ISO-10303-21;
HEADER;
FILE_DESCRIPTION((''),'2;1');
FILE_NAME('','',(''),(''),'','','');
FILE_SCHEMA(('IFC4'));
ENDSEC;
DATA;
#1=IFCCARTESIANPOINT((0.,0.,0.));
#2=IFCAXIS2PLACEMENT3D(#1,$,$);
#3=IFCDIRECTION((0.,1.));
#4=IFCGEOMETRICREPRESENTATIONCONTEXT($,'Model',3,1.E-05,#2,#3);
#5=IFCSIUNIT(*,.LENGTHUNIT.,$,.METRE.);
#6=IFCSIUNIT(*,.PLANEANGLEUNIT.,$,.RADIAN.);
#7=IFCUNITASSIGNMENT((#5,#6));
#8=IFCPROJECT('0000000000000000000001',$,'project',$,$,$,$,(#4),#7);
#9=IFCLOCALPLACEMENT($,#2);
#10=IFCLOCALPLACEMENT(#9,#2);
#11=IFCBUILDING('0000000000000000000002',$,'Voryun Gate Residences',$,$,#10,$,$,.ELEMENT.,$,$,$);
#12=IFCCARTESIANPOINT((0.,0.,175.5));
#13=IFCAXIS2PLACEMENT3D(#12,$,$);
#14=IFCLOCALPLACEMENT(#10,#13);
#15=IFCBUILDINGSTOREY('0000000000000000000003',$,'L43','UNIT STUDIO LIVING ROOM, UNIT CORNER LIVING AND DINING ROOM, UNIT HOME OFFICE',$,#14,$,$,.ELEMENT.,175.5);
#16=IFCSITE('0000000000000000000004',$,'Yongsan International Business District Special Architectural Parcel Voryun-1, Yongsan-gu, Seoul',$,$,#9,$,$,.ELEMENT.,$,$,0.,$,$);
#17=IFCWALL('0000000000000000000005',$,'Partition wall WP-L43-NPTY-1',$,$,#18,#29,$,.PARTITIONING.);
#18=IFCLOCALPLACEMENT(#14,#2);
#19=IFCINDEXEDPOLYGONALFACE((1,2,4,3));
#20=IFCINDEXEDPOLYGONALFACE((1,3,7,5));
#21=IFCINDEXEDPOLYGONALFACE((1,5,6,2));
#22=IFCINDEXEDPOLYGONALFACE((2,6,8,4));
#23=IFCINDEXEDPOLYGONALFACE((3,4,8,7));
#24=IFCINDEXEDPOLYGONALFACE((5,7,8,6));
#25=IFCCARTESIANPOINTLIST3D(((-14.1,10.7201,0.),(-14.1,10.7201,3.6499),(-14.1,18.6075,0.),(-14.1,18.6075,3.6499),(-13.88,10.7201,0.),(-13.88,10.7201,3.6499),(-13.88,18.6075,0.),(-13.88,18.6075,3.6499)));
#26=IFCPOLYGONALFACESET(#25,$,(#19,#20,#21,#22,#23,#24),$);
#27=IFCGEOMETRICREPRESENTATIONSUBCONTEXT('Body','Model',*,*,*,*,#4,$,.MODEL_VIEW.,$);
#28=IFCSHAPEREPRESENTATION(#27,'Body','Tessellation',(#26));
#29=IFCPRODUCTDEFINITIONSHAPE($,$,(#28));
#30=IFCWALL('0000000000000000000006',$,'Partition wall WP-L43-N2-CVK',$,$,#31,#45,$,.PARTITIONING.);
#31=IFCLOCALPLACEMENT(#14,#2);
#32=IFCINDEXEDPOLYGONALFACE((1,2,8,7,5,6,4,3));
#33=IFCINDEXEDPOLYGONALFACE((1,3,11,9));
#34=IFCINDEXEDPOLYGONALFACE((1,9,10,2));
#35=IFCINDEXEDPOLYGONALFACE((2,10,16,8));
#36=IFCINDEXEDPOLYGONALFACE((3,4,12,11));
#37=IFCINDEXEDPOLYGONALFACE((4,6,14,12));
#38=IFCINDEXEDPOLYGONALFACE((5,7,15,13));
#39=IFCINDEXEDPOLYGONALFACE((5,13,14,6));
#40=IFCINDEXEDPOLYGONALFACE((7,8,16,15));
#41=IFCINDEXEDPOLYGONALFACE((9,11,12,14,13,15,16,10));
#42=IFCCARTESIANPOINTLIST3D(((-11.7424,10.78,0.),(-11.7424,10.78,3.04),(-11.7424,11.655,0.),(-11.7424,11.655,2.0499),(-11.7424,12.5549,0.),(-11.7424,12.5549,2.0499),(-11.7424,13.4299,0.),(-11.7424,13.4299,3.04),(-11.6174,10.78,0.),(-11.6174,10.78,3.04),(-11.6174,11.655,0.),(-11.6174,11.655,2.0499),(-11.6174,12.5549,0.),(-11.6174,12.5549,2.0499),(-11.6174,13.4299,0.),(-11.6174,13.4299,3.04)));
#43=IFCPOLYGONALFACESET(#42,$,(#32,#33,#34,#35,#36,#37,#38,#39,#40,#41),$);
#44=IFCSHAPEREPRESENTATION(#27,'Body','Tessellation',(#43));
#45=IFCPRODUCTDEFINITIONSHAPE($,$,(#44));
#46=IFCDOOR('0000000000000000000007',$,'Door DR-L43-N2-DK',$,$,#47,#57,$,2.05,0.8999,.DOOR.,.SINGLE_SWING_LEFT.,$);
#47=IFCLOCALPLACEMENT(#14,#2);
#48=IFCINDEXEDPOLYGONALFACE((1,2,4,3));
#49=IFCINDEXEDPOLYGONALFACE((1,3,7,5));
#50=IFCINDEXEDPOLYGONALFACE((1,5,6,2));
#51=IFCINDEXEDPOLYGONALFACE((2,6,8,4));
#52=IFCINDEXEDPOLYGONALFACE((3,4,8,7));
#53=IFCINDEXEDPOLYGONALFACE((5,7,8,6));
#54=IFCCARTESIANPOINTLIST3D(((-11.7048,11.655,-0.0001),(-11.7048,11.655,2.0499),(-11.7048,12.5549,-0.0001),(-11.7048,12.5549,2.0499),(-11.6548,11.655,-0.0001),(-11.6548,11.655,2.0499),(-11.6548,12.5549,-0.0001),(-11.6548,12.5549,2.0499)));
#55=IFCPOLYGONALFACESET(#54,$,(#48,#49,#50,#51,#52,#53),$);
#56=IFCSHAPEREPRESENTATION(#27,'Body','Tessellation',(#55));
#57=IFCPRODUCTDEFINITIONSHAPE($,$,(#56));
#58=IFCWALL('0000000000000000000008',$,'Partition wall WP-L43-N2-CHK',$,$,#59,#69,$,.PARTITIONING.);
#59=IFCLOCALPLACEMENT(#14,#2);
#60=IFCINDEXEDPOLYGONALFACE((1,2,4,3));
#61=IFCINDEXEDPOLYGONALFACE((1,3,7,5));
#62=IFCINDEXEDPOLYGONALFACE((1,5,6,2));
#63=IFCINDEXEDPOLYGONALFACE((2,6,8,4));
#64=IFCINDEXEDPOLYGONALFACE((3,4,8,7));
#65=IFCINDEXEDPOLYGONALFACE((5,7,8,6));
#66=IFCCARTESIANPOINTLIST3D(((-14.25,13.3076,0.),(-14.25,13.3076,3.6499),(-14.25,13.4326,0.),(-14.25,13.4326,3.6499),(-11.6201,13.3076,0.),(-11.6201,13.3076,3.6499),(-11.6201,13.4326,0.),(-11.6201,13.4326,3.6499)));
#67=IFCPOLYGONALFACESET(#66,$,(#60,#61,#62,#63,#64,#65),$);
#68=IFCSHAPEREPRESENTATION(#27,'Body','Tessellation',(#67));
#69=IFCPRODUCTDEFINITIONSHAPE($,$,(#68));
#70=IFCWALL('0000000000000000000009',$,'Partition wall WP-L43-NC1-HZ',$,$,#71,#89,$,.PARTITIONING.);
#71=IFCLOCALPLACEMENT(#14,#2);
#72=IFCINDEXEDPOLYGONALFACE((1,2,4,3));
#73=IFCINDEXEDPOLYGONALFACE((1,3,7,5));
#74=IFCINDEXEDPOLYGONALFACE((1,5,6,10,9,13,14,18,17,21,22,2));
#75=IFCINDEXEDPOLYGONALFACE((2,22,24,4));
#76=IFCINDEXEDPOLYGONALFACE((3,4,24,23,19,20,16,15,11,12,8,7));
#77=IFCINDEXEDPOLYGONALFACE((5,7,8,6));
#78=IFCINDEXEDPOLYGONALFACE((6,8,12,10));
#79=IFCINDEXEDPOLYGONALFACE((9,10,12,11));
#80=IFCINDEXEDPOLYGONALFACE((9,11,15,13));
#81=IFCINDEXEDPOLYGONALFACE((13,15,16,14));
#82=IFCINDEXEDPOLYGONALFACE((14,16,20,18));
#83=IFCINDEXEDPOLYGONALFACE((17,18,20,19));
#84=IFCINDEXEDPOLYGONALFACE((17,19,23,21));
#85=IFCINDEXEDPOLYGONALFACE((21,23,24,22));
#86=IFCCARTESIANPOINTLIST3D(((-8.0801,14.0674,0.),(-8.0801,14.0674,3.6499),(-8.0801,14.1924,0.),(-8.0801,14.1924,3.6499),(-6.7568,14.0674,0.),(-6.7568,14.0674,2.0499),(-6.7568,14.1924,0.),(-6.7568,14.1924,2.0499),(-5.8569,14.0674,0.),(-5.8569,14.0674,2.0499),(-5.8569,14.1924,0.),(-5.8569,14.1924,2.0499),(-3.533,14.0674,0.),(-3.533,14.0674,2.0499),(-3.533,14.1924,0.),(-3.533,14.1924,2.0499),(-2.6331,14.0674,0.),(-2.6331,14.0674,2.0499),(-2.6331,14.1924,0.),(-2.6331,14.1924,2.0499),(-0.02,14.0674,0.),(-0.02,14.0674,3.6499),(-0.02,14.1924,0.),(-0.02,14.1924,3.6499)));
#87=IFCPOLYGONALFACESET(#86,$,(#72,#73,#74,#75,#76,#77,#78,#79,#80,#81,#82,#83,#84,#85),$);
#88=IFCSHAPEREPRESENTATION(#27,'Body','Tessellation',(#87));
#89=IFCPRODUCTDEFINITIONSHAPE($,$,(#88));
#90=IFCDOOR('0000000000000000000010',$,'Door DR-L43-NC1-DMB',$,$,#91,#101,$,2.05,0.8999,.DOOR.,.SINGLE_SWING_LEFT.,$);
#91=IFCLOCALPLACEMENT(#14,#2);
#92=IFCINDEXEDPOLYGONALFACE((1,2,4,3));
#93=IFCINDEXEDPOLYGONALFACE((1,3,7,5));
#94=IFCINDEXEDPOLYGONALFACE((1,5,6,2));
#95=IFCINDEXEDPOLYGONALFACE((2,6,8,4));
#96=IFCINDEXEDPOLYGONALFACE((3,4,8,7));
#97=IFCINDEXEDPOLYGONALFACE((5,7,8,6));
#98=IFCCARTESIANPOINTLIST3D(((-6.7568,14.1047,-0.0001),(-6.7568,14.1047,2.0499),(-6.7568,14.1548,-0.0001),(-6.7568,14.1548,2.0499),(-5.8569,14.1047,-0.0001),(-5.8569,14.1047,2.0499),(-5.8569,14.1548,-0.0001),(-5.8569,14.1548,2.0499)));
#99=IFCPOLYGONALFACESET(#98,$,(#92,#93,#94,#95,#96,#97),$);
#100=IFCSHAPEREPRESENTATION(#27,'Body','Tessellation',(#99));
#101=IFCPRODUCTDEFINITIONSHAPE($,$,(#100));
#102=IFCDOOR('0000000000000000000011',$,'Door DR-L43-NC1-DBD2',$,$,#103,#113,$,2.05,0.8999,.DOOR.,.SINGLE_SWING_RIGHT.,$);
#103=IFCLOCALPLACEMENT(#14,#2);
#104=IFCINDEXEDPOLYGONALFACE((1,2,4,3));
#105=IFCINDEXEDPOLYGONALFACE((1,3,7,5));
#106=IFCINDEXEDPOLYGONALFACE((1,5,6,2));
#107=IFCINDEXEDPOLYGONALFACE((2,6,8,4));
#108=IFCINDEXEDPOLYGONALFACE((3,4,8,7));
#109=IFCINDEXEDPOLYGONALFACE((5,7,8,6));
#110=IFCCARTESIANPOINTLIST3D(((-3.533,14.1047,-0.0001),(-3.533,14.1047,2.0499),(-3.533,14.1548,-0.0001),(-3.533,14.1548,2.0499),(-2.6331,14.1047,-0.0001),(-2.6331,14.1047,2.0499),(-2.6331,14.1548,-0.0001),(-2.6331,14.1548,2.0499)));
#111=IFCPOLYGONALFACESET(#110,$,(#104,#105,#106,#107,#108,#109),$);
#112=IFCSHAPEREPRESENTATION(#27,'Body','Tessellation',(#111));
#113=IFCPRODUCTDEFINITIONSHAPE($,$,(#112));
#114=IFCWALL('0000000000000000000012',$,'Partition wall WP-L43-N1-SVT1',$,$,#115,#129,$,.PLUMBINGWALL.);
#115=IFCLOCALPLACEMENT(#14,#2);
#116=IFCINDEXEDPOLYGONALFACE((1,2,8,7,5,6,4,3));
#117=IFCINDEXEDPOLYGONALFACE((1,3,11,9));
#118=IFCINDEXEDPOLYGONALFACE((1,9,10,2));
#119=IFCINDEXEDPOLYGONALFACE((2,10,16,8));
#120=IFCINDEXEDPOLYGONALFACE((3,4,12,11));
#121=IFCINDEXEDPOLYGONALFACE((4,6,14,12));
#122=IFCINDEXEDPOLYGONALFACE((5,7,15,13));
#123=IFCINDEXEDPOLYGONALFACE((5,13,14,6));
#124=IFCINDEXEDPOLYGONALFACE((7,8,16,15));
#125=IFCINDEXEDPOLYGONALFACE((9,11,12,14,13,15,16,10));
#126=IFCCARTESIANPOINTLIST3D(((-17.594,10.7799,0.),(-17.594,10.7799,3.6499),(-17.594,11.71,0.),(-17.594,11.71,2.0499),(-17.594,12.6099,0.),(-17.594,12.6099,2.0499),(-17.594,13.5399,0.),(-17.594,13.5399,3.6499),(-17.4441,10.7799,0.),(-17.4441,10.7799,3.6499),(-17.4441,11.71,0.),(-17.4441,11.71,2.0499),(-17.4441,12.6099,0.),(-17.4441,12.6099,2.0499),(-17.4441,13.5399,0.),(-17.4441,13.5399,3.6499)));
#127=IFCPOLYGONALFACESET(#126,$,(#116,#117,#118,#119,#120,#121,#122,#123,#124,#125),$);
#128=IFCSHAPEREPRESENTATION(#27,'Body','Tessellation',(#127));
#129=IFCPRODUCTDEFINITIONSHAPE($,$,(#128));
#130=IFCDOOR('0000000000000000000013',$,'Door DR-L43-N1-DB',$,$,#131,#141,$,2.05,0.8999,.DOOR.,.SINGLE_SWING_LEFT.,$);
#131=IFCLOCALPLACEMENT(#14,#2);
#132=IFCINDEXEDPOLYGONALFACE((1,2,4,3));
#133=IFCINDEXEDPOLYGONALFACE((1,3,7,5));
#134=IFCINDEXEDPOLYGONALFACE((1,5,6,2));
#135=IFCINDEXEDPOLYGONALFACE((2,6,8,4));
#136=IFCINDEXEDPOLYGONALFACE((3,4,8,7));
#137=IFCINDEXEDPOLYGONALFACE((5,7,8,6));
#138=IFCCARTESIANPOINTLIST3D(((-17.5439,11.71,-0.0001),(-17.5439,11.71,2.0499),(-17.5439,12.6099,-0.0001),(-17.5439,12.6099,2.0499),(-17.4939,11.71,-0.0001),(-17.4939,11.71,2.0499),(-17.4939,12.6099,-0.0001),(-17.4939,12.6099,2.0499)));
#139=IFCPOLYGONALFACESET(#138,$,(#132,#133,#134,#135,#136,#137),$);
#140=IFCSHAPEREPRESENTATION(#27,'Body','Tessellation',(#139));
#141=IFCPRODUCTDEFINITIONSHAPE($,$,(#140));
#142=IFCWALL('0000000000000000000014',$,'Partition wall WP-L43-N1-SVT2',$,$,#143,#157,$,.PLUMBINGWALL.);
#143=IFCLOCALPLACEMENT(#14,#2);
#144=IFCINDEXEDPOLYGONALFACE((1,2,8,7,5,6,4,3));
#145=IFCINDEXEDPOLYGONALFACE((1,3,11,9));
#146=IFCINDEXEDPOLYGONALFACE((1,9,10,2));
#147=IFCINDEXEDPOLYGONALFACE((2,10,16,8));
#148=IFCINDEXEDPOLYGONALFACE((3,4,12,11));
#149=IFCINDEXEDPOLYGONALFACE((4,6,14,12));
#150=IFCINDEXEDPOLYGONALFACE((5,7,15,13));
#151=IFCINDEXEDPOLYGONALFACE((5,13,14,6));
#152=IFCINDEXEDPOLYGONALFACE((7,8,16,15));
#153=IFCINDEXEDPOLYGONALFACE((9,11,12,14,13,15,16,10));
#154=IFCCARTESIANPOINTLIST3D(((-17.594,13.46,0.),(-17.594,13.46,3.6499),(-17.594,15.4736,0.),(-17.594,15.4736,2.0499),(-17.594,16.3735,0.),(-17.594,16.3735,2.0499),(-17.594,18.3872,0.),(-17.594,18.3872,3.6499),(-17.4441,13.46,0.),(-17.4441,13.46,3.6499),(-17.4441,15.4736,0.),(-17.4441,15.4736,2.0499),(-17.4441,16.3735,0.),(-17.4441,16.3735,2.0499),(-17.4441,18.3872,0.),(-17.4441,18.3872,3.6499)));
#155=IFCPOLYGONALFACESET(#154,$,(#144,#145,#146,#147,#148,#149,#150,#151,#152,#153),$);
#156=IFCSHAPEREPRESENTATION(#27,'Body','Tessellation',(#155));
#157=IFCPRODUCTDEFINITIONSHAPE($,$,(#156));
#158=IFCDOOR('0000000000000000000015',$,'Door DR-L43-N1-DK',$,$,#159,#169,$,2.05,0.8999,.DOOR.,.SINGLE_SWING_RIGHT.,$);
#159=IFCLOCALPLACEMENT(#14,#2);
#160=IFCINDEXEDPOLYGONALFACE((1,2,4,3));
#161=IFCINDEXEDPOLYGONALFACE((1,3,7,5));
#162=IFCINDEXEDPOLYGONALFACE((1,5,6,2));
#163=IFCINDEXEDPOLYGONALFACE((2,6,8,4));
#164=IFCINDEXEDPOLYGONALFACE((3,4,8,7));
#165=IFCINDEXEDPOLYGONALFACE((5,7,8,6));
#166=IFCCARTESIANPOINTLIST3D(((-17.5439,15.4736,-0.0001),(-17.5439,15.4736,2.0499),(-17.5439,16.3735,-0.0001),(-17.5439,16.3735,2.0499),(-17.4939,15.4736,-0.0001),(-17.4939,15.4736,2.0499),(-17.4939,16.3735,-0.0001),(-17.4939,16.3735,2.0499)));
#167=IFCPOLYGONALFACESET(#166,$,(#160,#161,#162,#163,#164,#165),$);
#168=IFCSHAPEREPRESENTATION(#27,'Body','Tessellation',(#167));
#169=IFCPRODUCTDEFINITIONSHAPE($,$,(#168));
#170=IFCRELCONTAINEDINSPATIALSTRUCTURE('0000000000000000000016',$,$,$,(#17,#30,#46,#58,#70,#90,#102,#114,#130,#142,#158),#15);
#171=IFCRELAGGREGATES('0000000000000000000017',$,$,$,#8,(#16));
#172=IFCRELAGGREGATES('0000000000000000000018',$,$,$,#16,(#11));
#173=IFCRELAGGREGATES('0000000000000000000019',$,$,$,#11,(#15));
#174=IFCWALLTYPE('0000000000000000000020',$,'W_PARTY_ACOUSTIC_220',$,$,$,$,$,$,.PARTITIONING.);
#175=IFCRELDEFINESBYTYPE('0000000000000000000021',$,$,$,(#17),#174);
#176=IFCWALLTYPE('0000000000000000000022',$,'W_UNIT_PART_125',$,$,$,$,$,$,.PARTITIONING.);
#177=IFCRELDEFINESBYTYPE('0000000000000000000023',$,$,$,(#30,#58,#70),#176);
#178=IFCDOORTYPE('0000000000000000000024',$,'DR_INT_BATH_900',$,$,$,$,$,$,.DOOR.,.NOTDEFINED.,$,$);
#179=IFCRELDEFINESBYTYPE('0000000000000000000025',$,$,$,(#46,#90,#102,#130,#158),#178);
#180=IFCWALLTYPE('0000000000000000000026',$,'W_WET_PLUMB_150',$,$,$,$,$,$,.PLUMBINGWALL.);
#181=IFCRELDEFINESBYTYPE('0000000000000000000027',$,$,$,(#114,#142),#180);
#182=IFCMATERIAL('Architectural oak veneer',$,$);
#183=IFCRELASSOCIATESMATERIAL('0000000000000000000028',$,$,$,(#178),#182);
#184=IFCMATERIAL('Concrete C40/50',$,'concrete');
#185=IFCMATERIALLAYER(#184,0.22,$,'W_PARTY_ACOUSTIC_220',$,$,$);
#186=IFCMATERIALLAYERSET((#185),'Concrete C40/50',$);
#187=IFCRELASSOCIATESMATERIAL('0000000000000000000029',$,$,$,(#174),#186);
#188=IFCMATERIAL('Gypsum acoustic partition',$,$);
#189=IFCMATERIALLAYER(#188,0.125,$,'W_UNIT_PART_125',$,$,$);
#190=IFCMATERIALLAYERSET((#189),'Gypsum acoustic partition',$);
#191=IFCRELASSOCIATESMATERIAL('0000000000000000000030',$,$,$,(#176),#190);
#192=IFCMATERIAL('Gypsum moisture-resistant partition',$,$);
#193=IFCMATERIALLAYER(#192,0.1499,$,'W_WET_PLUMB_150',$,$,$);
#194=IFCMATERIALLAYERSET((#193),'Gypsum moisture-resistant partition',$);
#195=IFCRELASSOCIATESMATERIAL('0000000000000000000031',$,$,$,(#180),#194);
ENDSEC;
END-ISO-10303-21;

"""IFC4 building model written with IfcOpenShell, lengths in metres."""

from ifc_helpers import new_model, si_unit, direction, frame, frame_2d, origin, place, context, subcontext, project, spatial, rectangle, extrude, material, layer, layer_set, type_object, element, fill, save


model = new_model("IFC4")

# Units and contexts
model_context = context("Model", 3, precision=1e-05, world=origin(), true_north=direction((0.0, 1.0)))
body_context = subcontext(model_context, "Body", "Model", "MODEL_VIEW")
ifc_project = project(units=[si_unit("LENGTHUNIT", "METRE"), si_unit("PLANEANGLEUNIT", "RADIAN")], contexts=[model_context])

# Site, building, storey
site_placement = place(None, origin())
site = spatial("IfcSite", under=ifc_project, at=site_placement, Name="Yongsan International Business District Special Architectural Parcel Voryun-1, Yongsan-gu, Seoul", CompositionType="ELEMENT", RefElevation=0.0)
building_placement = place(site_placement, origin())
building = spatial("IfcBuilding", under=site, at=building_placement, Name="Voryun Gate Residences", CompositionType="ELEMENT")
storey_placement = place(building_placement, frame((0.0, 0.0, 175.5)))
storey = spatial("IfcBuildingStorey", under=building, at=storey_placement, Name="L43", Description="UNIT STUDIO LIVING ROOM, UNIT CORNER LIVING AND DINING ROOM, UNIT HOME OFFICE", CompositionType="ELEMENT", Elevation=175.5)

# Shared definitions
ifc_material_1 = material(Name="Architectural oak veneer")
door_type = type_object("IfcDoorType", Name="DR_INT_BATH_900", OperationType="NOTDEFINED", PredefinedType="DOOR", material=ifc_material_1)

# Wall
ifc_material_2 = material(Name="Concrete C40/50", Category="concrete")
ifc_layer_1 = layer(ifc_material_2, 0.22, Name="W_PARTY_ACOUSTIC_220")
ifc_layer_set_1 = layer_set([ifc_layer_1], Name="Concrete C40/50")
wall_type_1 = type_object("IfcWallType", Name="W_PARTY_ACOUSTIC_220", PredefinedType="PARTITIONING", material=ifc_layer_set_1)
wall_1_placement = place(storey_placement, frame((-13.99, 10.72, 0.0), z_axis=(0.0, 0.0, 1.0), x_axis=(0.0, 1.0, 0.0)))
element("IfcWall", 1, at=wall_1_placement, inside=storey, type_object=wall_type_1, Name="Partition wall WP-L43-NPTY-1", PredefinedType="PARTITIONING", context=body_context, shape_type="SweptSolid", body=[
    extrude(rectangle(XDim=7.8875, YDim=0.22, at=frame_2d((3.9438, 0.0))), origin(), (0.0, 0.0, 1.0), 3.6499),
])

# Wall, opening, door
ifc_material_3 = material(Name="Gypsum acoustic partition")
ifc_layer_2 = layer(ifc_material_3, 0.125, Name="W_UNIT_PART_125")
ifc_layer_set_2 = layer_set([ifc_layer_2], Name="Gypsum acoustic partition")
wall_type_2 = type_object("IfcWallType", Name="W_UNIT_PART_125", PredefinedType="PARTITIONING", material=ifc_layer_set_2)
wall_2_placement = place(storey_placement, frame((-11.6799, 10.78, 0.0), z_axis=(0.0, 0.0, 1.0), x_axis=(0.0, 1.0, 0.0)))
wall_2 = element("IfcWall", 2, at=wall_2_placement, inside=storey, type_object=wall_type_2, Name="Partition wall WP-L43-N2-CVK", PredefinedType="PARTITIONING", context=body_context, shape_type="SweptSolid", body=[
    extrude(rectangle(XDim=2.6499, YDim=0.125, at=frame_2d((1.325, 0.0))), origin(), (0.0, 0.0, 1.0), 3.04),
])
opening_1_placement = place(wall_2_placement, frame((0.875, 0.0, 0.0)))
opening_1 = element("IfcOpeningElement", 3, at=opening_1_placement, cuts=wall_2, PredefinedType="OPENING", context=body_context, shape_type="SweptSolid", body=[
    extrude(rectangle(XDim=0.8999, YDim=2.05, at=frame_2d((0.45, 1.0249))), frame((0.0, 0.0725, 0.0), z_axis=(0.0, -1.0, 0.0), x_axis=(1.0, 0.0, 0.0)), (0.0, 0.0, 1.0), 0.145),
])
door_1_placement = place(opening_1_placement, origin())
door_1 = element("IfcDoor", 4, at=door_1_placement, inside=storey, type_object=door_type, Name="Door DR-L43-N2-DK", OperationType="SINGLE_SWING_LEFT", OverallHeight=2.05, OverallWidth=0.8999, PredefinedType="DOOR", context=body_context, shape_type="SweptSolid", body=[
    extrude(rectangle(XDim=0.8999, YDim=2.05, at=frame_2d((0.45, 1.0249))), frame((0.0, 0.0249, 0.0), z_axis=(0.0, -1.0, 0.0), x_axis=(1.0, 0.0, 0.0)), (0.0, 0.0, 1.0), 0.05),
])
fill(opening_1, door_1)

# Wall
wall_3_placement = place(storey_placement, frame((-14.25, 13.3701, 0.0), z_axis=(0.0, 0.0, 1.0), x_axis=(1.0, 0.0, 0.0)))
element("IfcWall", 5, at=wall_3_placement, inside=storey, type_object=wall_type_2, Name="Partition wall WP-L43-N2-CHK", PredefinedType="PARTITIONING", context=body_context, shape_type="SweptSolid", body=[
    extrude(rectangle(XDim=2.6299, YDim=0.125, at=frame_2d((1.3149, 0.0))), origin(), (0.0, 0.0, 1.0), 3.6499),
])

# Wall, openings, doors
wall_4_placement = place(storey_placement, frame((-8.0801, 14.1299, 0.0), z_axis=(0.0, 0.0, 1.0), x_axis=(1.0, 0.0, 0.0)))
wall_4 = element("IfcWall", 6, at=wall_4_placement, inside=storey, type_object=wall_type_2, Name="Partition wall WP-L43-NC1-HZ", PredefinedType="PARTITIONING", context=body_context, shape_type="SweptSolid", body=[
    extrude(rectangle(XDim=8.0601, YDim=0.125, at=frame_2d((4.03, 0.0))), origin(), (0.0, 0.0, 1.0), 3.6499),
])
opening_2_placement = place(wall_4_placement, frame((1.3232, 0.0, 0.0)))
opening_2 = element("IfcOpeningElement", 7, at=opening_2_placement, cuts=wall_4, PredefinedType="OPENING", context=body_context, shape_type="SweptSolid", body=[
    extrude(rectangle(XDim=0.8999, YDim=2.05, at=frame_2d((0.45, 1.0249))), frame((0.0, 0.0725, 0.0), z_axis=(0.0, -1.0, 0.0), x_axis=(1.0, 0.0, 0.0)), (0.0, 0.0, 1.0), 0.145),
])
opening_3_placement = place(wall_4_placement, frame((4.5471, 0.0, 0.0)))
opening_3 = element("IfcOpeningElement", 8, at=opening_3_placement, cuts=wall_4, PredefinedType="OPENING", context=body_context, shape_type="SweptSolid", body=[
    extrude(rectangle(XDim=0.8999, YDim=2.05, at=frame_2d((0.45, 1.0249))), frame((0.0, 0.0725, 0.0), z_axis=(0.0, -1.0, 0.0), x_axis=(1.0, 0.0, 0.0)), (0.0, 0.0, 1.0), 0.145),
])
door_2_placement = place(opening_2_placement, origin())
door_2 = element("IfcDoor", 9, at=door_2_placement, inside=storey, type_object=door_type, Name="Door DR-L43-NC1-DMB", OperationType="SINGLE_SWING_LEFT", OverallHeight=2.05, OverallWidth=0.8999, PredefinedType="DOOR", context=body_context, shape_type="SweptSolid", body=[
    extrude(rectangle(XDim=0.8999, YDim=2.05, at=frame_2d((0.45, 1.0249))), frame((0.0, 0.0249, 0.0), z_axis=(0.0, -1.0, 0.0), x_axis=(1.0, 0.0, 0.0)), (0.0, 0.0, 1.0), 0.05),
])
fill(opening_2, door_2)
door_3_placement = place(opening_3_placement, origin())
door_3 = element("IfcDoor", 10, at=door_3_placement, inside=storey, type_object=door_type, Name="Door DR-L43-NC1-DBD2", OperationType="SINGLE_SWING_RIGHT", OverallHeight=2.05, OverallWidth=0.8999, PredefinedType="DOOR", context=body_context, shape_type="SweptSolid", body=[
    extrude(rectangle(XDim=0.8999, YDim=2.05, at=frame_2d((0.45, 1.0249))), frame((0.0, 0.0249, 0.0), z_axis=(0.0, -1.0, 0.0), x_axis=(1.0, 0.0, 0.0)), (0.0, 0.0, 1.0), 0.05),
])
fill(opening_3, door_3)

# Walls, openings, doors
ifc_material_4 = material(Name="Gypsum moisture-resistant partition")
ifc_layer_3 = layer(ifc_material_4, 0.1499, Name="W_WET_PLUMB_150")
ifc_layer_set_3 = layer_set([ifc_layer_3], Name="Gypsum moisture-resistant partition")
wall_type_3 = type_object("IfcWallType", Name="W_WET_PLUMB_150", PredefinedType="PLUMBINGWALL", material=ifc_layer_set_3)
wall_5_placement = place(storey_placement, frame((-17.519, 10.78, 0.0), z_axis=(0.0, 0.0, 1.0), x_axis=(0.0, 1.0, 0.0)))
wall_5 = element("IfcWall", 11, at=wall_5_placement, inside=storey, type_object=wall_type_3, Name="Partition wall WP-L43-N1-SVT1", PredefinedType="PLUMBINGWALL", context=body_context, shape_type="SweptSolid", body=[
    extrude(rectangle(XDim=2.76, YDim=0.1499, at=frame_2d((1.3799, 0.0))), origin(), (0.0, 0.0, 1.0), 3.6499),
])
opening_4_placement = place(wall_5_placement, frame((0.9299, 0.0, 0.0)))
opening_4 = element("IfcOpeningElement", 12, at=opening_4_placement, cuts=wall_5, PredefinedType="OPENING", context=body_context, shape_type="SweptSolid", body=[
    extrude(rectangle(XDim=0.8999, YDim=2.05, at=frame_2d((0.45, 1.0249))), frame((0.0, 0.085, 0.0), z_axis=(0.0, -1.0, 0.0), x_axis=(1.0, 0.0, 0.0)), (0.0, 0.0, 1.0), 0.1699),
])
door_4_placement = place(opening_4_placement, origin())
door_4 = element("IfcDoor", 13, at=door_4_placement, inside=storey, type_object=door_type, Name="Door DR-L43-N1-DB", OperationType="SINGLE_SWING_LEFT", OverallHeight=2.05, OverallWidth=0.8999, PredefinedType="DOOR", context=body_context, shape_type="SweptSolid", body=[
    extrude(rectangle(XDim=0.8999, YDim=2.05, at=frame_2d((0.45, 1.0249))), frame((0.0, 0.0249, 0.0), z_axis=(0.0, -1.0, 0.0), x_axis=(1.0, 0.0, 0.0)), (0.0, 0.0, 1.0), 0.05),
])
fill(opening_4, door_4)
wall_6_placement = place(storey_placement, frame((-17.519, 13.46, 0.0), z_axis=(0.0, 0.0, 1.0), x_axis=(0.0, 1.0, 0.0)))
wall_6 = element("IfcWall", 14, at=wall_6_placement, inside=storey, type_object=wall_type_3, Name="Partition wall WP-L43-N1-SVT2", PredefinedType="PLUMBINGWALL", context=body_context, shape_type="SweptSolid", body=[
    extrude(rectangle(XDim=4.9272, YDim=0.1499, at=frame_2d((2.4636, 0.0))), origin(), (0.0, 0.0, 1.0), 3.6499),
])
opening_5_placement = place(wall_6_placement, frame((2.0137, 0.0, 0.0)))
opening_5 = element("IfcOpeningElement", 15, at=opening_5_placement, cuts=wall_6, PredefinedType="OPENING", context=body_context, shape_type="SweptSolid", body=[
    extrude(rectangle(XDim=0.8999, YDim=2.05, at=frame_2d((0.45, 1.0249))), frame((0.0, 0.085, 0.0), z_axis=(0.0, -1.0, 0.0), x_axis=(1.0, 0.0, 0.0)), (0.0, 0.0, 1.0), 0.1699),
])
door_5_placement = place(opening_5_placement, origin())
door_5 = element("IfcDoor", 16, at=door_5_placement, inside=storey, type_object=door_type, Name="Door DR-L43-N1-DK", OperationType="SINGLE_SWING_RIGHT", OverallHeight=2.05, OverallWidth=0.8999, PredefinedType="DOOR", context=body_context, shape_type="SweptSolid", body=[
    extrude(rectangle(XDim=0.8999, YDim=2.05, at=frame_2d((0.45, 1.0249))), frame((0.0, 0.0249, 0.0), z_axis=(0.0, -1.0, 0.0), x_axis=(1.0, 0.0, 0.0)), (0.0, 0.0, 1.0), 0.05),
])
fill(opening_5, door_5)

save(model, "model.ifc")
